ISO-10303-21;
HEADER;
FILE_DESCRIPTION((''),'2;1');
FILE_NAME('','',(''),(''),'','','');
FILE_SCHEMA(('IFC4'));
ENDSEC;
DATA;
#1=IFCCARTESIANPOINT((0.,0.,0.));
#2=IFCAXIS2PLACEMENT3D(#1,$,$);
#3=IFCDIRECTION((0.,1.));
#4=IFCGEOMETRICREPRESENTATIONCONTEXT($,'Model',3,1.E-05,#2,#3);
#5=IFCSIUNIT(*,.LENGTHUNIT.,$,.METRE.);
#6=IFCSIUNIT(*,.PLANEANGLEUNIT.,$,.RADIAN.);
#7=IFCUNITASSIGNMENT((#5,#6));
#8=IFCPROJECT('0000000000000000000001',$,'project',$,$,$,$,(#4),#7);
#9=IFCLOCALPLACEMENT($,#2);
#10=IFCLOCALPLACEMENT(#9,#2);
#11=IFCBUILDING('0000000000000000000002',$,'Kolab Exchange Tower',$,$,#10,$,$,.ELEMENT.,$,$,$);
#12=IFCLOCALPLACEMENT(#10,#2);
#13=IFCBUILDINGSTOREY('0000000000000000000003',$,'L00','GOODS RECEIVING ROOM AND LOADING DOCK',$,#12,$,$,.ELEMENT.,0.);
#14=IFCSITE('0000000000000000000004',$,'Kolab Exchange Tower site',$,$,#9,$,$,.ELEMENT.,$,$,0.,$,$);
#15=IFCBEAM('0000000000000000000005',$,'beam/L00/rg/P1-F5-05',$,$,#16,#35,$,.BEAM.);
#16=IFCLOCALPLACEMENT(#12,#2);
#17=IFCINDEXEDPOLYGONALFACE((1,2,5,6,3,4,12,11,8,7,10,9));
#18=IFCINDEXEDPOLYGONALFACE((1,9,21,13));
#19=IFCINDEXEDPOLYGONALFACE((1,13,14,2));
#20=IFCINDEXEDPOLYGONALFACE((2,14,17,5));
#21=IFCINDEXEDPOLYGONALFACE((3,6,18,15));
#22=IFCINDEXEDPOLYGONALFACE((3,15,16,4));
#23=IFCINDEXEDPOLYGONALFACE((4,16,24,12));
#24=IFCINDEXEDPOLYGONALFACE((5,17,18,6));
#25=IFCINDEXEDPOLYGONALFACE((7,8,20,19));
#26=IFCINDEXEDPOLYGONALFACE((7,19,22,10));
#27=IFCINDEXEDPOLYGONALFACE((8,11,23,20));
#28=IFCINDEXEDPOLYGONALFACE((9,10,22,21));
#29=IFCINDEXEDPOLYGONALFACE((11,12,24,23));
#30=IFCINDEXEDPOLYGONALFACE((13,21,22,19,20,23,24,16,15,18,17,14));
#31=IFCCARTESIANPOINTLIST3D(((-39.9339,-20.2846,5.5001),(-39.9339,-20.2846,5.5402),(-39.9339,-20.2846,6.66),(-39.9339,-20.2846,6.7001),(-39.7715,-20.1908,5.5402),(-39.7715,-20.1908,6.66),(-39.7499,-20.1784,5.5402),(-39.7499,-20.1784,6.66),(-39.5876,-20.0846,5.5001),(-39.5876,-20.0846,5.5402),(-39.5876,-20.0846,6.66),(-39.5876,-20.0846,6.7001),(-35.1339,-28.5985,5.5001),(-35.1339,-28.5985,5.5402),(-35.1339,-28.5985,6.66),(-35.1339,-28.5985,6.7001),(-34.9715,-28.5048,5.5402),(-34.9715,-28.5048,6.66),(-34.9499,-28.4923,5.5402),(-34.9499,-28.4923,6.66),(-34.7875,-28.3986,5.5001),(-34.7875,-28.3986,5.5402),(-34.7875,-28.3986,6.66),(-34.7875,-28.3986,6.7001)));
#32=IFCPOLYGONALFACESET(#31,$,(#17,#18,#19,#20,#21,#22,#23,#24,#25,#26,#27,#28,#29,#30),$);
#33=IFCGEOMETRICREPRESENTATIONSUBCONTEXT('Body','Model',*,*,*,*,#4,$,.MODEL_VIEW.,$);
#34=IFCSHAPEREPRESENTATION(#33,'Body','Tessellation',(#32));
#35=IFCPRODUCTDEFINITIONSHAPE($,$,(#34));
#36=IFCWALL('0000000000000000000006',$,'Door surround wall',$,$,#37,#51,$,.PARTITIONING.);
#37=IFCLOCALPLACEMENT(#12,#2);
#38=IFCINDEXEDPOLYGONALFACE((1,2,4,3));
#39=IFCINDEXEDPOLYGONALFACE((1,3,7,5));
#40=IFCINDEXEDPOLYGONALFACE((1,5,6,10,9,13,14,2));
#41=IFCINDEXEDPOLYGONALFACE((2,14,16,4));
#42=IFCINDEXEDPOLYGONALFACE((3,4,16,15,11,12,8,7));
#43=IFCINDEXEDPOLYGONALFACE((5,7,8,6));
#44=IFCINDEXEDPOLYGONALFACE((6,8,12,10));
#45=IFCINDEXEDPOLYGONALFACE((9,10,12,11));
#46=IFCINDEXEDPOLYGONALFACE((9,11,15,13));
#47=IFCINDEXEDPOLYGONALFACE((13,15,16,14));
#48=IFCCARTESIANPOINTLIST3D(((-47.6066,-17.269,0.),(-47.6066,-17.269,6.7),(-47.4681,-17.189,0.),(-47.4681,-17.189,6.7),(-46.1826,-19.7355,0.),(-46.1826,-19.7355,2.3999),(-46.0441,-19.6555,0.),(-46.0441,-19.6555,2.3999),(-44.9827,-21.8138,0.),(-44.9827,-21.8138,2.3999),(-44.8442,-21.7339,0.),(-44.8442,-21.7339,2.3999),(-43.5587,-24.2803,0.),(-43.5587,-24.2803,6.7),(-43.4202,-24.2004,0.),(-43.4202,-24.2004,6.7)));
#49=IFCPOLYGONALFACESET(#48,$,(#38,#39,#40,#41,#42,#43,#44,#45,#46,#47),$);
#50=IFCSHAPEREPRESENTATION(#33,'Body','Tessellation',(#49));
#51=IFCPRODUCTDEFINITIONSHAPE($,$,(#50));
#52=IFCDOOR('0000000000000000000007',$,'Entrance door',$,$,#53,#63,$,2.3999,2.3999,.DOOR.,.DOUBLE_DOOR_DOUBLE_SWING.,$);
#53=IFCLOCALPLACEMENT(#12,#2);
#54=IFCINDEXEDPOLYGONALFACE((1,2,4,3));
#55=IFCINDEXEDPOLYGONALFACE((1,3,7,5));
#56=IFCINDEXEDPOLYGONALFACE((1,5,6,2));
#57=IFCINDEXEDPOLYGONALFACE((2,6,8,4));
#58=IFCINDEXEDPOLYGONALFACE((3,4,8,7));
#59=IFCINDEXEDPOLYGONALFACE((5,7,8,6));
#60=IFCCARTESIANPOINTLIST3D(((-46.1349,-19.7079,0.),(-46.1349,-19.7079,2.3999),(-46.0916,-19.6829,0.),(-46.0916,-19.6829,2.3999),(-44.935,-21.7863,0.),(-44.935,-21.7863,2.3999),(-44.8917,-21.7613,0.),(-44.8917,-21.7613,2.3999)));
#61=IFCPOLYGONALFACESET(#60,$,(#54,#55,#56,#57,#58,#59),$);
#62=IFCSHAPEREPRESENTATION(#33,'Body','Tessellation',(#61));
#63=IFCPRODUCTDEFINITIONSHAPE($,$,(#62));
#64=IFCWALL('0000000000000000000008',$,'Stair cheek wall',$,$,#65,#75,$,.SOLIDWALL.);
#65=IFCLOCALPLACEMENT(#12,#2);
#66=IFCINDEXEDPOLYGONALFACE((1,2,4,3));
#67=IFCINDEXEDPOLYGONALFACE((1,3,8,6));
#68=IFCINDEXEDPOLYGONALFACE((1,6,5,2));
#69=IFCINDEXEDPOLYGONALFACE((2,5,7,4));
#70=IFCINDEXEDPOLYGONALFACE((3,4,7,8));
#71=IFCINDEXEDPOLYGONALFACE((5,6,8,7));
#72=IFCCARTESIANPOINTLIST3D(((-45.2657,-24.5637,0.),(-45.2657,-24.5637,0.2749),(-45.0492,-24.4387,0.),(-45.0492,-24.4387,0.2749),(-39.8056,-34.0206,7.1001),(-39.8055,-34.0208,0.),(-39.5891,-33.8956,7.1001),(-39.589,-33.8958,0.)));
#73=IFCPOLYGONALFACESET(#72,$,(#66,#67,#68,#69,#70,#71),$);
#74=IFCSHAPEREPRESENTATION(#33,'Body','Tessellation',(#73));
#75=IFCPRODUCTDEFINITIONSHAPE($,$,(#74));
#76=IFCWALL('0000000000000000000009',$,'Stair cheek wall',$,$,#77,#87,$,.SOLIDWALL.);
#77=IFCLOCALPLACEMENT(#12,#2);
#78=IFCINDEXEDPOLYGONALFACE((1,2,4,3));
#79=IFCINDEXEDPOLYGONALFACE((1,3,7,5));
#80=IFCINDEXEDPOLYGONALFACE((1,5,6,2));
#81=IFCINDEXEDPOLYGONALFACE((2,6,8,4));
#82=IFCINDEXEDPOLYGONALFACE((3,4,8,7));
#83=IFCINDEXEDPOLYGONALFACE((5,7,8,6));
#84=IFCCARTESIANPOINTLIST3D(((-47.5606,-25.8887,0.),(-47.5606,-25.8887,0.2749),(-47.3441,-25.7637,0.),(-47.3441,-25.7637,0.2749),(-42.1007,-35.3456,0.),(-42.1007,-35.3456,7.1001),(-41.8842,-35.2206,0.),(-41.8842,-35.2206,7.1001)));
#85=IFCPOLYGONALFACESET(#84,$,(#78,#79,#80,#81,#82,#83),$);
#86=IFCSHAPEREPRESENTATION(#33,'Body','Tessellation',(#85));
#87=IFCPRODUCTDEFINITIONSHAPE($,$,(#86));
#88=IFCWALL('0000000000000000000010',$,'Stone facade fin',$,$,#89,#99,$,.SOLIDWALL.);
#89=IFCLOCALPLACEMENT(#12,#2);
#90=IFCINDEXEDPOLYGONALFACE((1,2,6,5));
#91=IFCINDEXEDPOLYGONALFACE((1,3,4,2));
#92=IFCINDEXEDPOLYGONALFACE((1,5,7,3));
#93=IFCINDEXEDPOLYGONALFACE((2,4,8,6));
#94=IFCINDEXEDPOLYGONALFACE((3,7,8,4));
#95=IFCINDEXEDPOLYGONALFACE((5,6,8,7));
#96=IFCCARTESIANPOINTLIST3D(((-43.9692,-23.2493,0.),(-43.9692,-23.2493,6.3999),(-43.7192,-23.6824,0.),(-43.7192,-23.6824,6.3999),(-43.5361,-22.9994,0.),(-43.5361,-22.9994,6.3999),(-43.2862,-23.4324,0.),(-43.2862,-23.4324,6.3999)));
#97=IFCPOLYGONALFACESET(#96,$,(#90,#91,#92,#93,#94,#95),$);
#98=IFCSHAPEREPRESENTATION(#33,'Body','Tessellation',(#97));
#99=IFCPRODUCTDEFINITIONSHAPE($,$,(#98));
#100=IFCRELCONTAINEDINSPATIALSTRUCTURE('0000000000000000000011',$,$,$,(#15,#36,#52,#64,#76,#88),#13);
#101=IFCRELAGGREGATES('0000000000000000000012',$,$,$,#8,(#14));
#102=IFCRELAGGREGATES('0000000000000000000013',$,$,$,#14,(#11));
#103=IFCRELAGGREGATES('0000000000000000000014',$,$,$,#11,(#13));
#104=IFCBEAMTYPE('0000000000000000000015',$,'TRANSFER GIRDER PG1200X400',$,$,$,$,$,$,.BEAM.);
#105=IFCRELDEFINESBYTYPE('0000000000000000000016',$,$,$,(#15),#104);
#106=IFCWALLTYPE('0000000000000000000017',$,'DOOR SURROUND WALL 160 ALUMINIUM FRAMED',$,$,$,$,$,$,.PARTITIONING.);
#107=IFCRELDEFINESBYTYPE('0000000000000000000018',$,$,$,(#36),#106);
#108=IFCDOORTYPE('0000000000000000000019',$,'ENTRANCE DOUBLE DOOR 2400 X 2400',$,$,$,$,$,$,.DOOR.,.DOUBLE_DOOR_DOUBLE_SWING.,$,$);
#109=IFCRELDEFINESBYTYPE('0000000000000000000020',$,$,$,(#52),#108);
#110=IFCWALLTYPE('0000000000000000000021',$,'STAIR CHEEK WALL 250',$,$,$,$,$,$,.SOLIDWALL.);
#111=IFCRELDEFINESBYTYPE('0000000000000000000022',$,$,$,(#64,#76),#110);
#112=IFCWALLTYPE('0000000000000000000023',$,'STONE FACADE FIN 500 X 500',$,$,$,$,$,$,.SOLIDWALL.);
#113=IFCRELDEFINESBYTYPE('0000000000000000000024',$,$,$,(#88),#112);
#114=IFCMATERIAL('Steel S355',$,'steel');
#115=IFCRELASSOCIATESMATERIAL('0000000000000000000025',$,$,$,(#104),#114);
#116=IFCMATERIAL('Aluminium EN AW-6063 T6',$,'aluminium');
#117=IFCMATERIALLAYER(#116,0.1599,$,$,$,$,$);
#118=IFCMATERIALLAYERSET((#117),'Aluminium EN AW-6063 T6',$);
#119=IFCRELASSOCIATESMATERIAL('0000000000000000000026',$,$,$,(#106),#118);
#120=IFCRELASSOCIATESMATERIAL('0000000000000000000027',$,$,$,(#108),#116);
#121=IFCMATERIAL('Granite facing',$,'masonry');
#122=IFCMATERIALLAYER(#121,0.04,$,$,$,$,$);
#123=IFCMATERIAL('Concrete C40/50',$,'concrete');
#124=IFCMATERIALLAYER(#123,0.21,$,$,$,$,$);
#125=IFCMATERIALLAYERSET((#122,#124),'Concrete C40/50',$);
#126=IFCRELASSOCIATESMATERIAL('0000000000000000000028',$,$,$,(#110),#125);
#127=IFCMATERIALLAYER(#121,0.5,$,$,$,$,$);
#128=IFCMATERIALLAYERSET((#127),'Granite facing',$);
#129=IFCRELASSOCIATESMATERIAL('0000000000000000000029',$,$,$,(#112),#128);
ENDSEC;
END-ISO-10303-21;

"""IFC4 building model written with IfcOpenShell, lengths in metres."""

from ifc_helpers import new_model, si_unit, direction, frame, frame_2d, origin, origin_2d, place, context, subcontext, project, spatial, polyline, rectangle, i_section, outline, extrude, material, layer, layer_set, material_profile, profile_set, type_object, element, fill, save


model = new_model("IFC4")

# Units and contexts
model_context = context("Model", 3, precision=1e-05, world=origin(), true_north=direction((0.0, 1.0)))
body_context = subcontext(model_context, "Body", "Model", "MODEL_VIEW")
ifc_project = project(units=[si_unit("LENGTHUNIT", "METRE"), si_unit("PLANEANGLEUNIT", "RADIAN")], contexts=[model_context])

# Site, building, storey
site_placement = place(None, origin())
site = spatial("IfcSite", under=ifc_project, at=site_placement, Name="Kolab Exchange Tower site", CompositionType="ELEMENT", RefElevation=0.0)
building_placement = place(site_placement, origin())
building = spatial("IfcBuilding", under=site, at=building_placement, Name="Kolab Exchange Tower", CompositionType="ELEMENT")
storey_placement = place(building_placement, origin())
storey = spatial("IfcBuildingStorey", under=building, at=storey_placement, Name="L00", Description="GOODS RECEIVING ROOM AND LOADING DOCK", CompositionType="ELEMENT", Elevation=0.0)

# Beam
ifc_material_1 = material(Name="Steel S355", Category="steel")
ifc_material_profile_1 = material_profile(ifc_material_1, i_section(OverallWidth=0.3999, OverallDepth=1.2, WebThickness=0.0249, FlangeThickness=0.04, at=origin_2d()), Name="PG1200X400")
ifc_profile_set_1 = profile_set([ifc_material_profile_1], Name="Steel S355")
beam_type = type_object("IfcBeamType", Name="TRANSFER GIRDER PG1200X400", PredefinedType="BEAM", material=ifc_profile_set_1)
beam_1_placement = place(storey_placement, frame((-34.9607, -28.4985, 6.1001), z_axis=(-0.499998, 0.866026, 0.0), x_axis=(-0.866026, -0.499998, 0.0)))
element("IfcBeam", 1, at=beam_1_placement, inside=storey, type_object=beam_type, Name="beam/L00/rg/P1-F5-05", PredefinedType="BEAM", context=body_context, shape_type="SweptSolid", body=[
    extrude(i_section(OverallWidth=0.3999, OverallDepth=1.2, WebThickness=0.0249, FlangeThickness=0.04, at=origin_2d()), origin(), (0.0, 0.0, 1.0), 9.6001),
])

# Wall, opening, door
ifc_material_2 = material(Name="Aluminium EN AW-6063 T6", Category="aluminium")
ifc_layer_1 = layer(ifc_material_2, 0.1599)
ifc_layer_set_1 = layer_set([ifc_layer_1], Name="Aluminium EN AW-6063 T6")
wall_type_1 = type_object("IfcWallType", Name="DOOR SURROUND WALL 160 ALUMINIUM FRAMED", PredefinedType="PARTITIONING", material=ifc_layer_set_1)
wall_1_placement = place(storey_placement, frame((-43.4895, -24.2402, 0.0), z_axis=(0.0, 0.0, 1.0), x_axis=(-0.499992, 0.86603, 0.0)))
wall_1 = element("IfcWall", 2, at=wall_1_placement, inside=storey, type_object=wall_type_1, Name="Door surround wall", PredefinedType="PARTITIONING", context=body_context, shape_type="SweptSolid", body=[
    extrude(rectangle(XDim=8.0959, YDim=0.1599, at=frame_2d((4.0479, 0.0))), origin(), (0.0, 0.0, 1.0), 6.7),
])
opening_placement = place(wall_1_placement, frame((2.8479, 0.0, 0.0)))
opening = element("IfcOpeningElement", 3, at=opening_placement, cuts=wall_1, PredefinedType="OPENING", context=body_context, shape_type="SweptSolid", body=[
    extrude(rectangle(XDim=2.3999, YDim=2.3999, at=frame_2d((1.2, 1.2))), frame((0.0, 0.0898, 0.0), z_axis=(0.0, -1.0, 0.0), x_axis=(1.0, 0.0, 0.0)), (0.0, 0.0, 1.0), 0.1799),
])
door_type = type_object("IfcDoorType", Name="ENTRANCE DOUBLE DOOR 2400 X 2400", OperationType="DOUBLE_DOOR_DOUBLE_SWING", PredefinedType="DOOR", material=ifc_material_2)
door_placement = place(opening_placement, origin())
door = element("IfcDoor", 4, at=door_placement, inside=storey, type_object=door_type, Name="Entrance door", OperationType="DOUBLE_DOOR_DOUBLE_SWING", OverallHeight=2.3999, OverallWidth=2.3999, PredefinedType="DOOR", context=body_context, shape_type="SweptSolid", body=[
    extrude(rectangle(XDim=2.3999, YDim=2.3999, at=frame_2d((1.2, 1.2))), frame((0.0, 0.0249, 0.0), z_axis=(0.0, -1.0, 0.0), x_axis=(1.0, 0.0, 0.0)), (0.0, 0.0, 1.0), 0.05),
])
fill(opening, door)

# Walls
ifc_material_3 = material(Name="Granite facing", Category="masonry")
ifc_layer_2 = layer(ifc_material_3, 0.04)
ifc_material_4 = material(Name="Concrete C40/50", Category="concrete")
ifc_layer_3 = layer(ifc_material_4, 0.21)
ifc_layer_set_2 = layer_set([ifc_layer_2, ifc_layer_3], Name="Concrete C40/50")
wall_type_2 = type_object("IfcWallType", Name="STAIR CHEEK WALL 250", PredefinedType="SOLIDWALL", material=ifc_layer_set_2)
wall_2_placement = place(storey_placement, frame((-45.1575, -24.5012, 0.0), z_axis=(0.0, 0.0, 1.0), x_axis=(0.500013, -0.866018, 0.0)))
element("IfcWall", 5, at=wall_2_placement, inside=storey, type_object=wall_type_2, Name="Stair cheek wall", PredefinedType="SOLIDWALL", context=body_context, shape_type="SweptSolid", body=[
    extrude(outline(polyline([(0.0, 0.0), (10.9202, 0.0), (10.9199, 7.1001), (0.0, 0.2749), (0.0, 0.0)])), frame((0.0, 0.125, 0.0), z_axis=(0.0, -1.0, 0.0), x_axis=(1.0, 0.0, 0.0)), (0.0, 0.0, 1.0), 0.25),
])
wall_3_placement = place(storey_placement, frame((-47.4524, -25.8262, 0.0), z_axis=(0.0, 0.0, 1.0), x_axis=(0.499996, -0.866028, 0.0)))
element("IfcWall", 6, at=wall_3_placement, inside=storey, type_object=wall_type_2, Name="Stair cheek wall", PredefinedType="SOLIDWALL", context=body_context, shape_type="SweptSolid", body=[
    extrude(outline(polyline([(0.0, 0.0), (10.9199, 0.0), (10.9199, 7.1001), (0.0, 0.2749), (0.0, 0.0)])), frame((0.0, 0.125, 0.0), z_axis=(0.0, -1.0, 0.0), x_axis=(1.0, 0.0, 0.0)), (0.0, 0.0, 1.0), 0.25),
])
ifc_layer_4 = layer(ifc_material_3, 0.5)
ifc_layer_set_3 = layer_set([ifc_layer_4], Name="Granite facing")
wall_type_3 = type_object("IfcWallType", Name="STONE FACADE FIN 500 X 500", PredefinedType="SOLIDWALL", material=ifc_layer_set_3)
wall_4_placement = place(storey_placement, frame((-43.5027, -23.5574, 0.0), z_axis=(0.0, 0.0, 1.0), x_axis=(-0.49992, 0.866072, 0.0)))
element("IfcWall", 7, at=wall_4_placement, inside=storey, type_object=wall_type_3, Name="Stone facade fin", PredefinedType="SOLIDWALL", context=body_context, shape_type="SweptSolid", body=[
    extrude(rectangle(XDim=0.5, YDim=0.5, at=frame_2d((0.25, 0.0))), origin(), (0.0, 0.0, 1.0), 6.3999),
])

save(model, "model.ifc")
